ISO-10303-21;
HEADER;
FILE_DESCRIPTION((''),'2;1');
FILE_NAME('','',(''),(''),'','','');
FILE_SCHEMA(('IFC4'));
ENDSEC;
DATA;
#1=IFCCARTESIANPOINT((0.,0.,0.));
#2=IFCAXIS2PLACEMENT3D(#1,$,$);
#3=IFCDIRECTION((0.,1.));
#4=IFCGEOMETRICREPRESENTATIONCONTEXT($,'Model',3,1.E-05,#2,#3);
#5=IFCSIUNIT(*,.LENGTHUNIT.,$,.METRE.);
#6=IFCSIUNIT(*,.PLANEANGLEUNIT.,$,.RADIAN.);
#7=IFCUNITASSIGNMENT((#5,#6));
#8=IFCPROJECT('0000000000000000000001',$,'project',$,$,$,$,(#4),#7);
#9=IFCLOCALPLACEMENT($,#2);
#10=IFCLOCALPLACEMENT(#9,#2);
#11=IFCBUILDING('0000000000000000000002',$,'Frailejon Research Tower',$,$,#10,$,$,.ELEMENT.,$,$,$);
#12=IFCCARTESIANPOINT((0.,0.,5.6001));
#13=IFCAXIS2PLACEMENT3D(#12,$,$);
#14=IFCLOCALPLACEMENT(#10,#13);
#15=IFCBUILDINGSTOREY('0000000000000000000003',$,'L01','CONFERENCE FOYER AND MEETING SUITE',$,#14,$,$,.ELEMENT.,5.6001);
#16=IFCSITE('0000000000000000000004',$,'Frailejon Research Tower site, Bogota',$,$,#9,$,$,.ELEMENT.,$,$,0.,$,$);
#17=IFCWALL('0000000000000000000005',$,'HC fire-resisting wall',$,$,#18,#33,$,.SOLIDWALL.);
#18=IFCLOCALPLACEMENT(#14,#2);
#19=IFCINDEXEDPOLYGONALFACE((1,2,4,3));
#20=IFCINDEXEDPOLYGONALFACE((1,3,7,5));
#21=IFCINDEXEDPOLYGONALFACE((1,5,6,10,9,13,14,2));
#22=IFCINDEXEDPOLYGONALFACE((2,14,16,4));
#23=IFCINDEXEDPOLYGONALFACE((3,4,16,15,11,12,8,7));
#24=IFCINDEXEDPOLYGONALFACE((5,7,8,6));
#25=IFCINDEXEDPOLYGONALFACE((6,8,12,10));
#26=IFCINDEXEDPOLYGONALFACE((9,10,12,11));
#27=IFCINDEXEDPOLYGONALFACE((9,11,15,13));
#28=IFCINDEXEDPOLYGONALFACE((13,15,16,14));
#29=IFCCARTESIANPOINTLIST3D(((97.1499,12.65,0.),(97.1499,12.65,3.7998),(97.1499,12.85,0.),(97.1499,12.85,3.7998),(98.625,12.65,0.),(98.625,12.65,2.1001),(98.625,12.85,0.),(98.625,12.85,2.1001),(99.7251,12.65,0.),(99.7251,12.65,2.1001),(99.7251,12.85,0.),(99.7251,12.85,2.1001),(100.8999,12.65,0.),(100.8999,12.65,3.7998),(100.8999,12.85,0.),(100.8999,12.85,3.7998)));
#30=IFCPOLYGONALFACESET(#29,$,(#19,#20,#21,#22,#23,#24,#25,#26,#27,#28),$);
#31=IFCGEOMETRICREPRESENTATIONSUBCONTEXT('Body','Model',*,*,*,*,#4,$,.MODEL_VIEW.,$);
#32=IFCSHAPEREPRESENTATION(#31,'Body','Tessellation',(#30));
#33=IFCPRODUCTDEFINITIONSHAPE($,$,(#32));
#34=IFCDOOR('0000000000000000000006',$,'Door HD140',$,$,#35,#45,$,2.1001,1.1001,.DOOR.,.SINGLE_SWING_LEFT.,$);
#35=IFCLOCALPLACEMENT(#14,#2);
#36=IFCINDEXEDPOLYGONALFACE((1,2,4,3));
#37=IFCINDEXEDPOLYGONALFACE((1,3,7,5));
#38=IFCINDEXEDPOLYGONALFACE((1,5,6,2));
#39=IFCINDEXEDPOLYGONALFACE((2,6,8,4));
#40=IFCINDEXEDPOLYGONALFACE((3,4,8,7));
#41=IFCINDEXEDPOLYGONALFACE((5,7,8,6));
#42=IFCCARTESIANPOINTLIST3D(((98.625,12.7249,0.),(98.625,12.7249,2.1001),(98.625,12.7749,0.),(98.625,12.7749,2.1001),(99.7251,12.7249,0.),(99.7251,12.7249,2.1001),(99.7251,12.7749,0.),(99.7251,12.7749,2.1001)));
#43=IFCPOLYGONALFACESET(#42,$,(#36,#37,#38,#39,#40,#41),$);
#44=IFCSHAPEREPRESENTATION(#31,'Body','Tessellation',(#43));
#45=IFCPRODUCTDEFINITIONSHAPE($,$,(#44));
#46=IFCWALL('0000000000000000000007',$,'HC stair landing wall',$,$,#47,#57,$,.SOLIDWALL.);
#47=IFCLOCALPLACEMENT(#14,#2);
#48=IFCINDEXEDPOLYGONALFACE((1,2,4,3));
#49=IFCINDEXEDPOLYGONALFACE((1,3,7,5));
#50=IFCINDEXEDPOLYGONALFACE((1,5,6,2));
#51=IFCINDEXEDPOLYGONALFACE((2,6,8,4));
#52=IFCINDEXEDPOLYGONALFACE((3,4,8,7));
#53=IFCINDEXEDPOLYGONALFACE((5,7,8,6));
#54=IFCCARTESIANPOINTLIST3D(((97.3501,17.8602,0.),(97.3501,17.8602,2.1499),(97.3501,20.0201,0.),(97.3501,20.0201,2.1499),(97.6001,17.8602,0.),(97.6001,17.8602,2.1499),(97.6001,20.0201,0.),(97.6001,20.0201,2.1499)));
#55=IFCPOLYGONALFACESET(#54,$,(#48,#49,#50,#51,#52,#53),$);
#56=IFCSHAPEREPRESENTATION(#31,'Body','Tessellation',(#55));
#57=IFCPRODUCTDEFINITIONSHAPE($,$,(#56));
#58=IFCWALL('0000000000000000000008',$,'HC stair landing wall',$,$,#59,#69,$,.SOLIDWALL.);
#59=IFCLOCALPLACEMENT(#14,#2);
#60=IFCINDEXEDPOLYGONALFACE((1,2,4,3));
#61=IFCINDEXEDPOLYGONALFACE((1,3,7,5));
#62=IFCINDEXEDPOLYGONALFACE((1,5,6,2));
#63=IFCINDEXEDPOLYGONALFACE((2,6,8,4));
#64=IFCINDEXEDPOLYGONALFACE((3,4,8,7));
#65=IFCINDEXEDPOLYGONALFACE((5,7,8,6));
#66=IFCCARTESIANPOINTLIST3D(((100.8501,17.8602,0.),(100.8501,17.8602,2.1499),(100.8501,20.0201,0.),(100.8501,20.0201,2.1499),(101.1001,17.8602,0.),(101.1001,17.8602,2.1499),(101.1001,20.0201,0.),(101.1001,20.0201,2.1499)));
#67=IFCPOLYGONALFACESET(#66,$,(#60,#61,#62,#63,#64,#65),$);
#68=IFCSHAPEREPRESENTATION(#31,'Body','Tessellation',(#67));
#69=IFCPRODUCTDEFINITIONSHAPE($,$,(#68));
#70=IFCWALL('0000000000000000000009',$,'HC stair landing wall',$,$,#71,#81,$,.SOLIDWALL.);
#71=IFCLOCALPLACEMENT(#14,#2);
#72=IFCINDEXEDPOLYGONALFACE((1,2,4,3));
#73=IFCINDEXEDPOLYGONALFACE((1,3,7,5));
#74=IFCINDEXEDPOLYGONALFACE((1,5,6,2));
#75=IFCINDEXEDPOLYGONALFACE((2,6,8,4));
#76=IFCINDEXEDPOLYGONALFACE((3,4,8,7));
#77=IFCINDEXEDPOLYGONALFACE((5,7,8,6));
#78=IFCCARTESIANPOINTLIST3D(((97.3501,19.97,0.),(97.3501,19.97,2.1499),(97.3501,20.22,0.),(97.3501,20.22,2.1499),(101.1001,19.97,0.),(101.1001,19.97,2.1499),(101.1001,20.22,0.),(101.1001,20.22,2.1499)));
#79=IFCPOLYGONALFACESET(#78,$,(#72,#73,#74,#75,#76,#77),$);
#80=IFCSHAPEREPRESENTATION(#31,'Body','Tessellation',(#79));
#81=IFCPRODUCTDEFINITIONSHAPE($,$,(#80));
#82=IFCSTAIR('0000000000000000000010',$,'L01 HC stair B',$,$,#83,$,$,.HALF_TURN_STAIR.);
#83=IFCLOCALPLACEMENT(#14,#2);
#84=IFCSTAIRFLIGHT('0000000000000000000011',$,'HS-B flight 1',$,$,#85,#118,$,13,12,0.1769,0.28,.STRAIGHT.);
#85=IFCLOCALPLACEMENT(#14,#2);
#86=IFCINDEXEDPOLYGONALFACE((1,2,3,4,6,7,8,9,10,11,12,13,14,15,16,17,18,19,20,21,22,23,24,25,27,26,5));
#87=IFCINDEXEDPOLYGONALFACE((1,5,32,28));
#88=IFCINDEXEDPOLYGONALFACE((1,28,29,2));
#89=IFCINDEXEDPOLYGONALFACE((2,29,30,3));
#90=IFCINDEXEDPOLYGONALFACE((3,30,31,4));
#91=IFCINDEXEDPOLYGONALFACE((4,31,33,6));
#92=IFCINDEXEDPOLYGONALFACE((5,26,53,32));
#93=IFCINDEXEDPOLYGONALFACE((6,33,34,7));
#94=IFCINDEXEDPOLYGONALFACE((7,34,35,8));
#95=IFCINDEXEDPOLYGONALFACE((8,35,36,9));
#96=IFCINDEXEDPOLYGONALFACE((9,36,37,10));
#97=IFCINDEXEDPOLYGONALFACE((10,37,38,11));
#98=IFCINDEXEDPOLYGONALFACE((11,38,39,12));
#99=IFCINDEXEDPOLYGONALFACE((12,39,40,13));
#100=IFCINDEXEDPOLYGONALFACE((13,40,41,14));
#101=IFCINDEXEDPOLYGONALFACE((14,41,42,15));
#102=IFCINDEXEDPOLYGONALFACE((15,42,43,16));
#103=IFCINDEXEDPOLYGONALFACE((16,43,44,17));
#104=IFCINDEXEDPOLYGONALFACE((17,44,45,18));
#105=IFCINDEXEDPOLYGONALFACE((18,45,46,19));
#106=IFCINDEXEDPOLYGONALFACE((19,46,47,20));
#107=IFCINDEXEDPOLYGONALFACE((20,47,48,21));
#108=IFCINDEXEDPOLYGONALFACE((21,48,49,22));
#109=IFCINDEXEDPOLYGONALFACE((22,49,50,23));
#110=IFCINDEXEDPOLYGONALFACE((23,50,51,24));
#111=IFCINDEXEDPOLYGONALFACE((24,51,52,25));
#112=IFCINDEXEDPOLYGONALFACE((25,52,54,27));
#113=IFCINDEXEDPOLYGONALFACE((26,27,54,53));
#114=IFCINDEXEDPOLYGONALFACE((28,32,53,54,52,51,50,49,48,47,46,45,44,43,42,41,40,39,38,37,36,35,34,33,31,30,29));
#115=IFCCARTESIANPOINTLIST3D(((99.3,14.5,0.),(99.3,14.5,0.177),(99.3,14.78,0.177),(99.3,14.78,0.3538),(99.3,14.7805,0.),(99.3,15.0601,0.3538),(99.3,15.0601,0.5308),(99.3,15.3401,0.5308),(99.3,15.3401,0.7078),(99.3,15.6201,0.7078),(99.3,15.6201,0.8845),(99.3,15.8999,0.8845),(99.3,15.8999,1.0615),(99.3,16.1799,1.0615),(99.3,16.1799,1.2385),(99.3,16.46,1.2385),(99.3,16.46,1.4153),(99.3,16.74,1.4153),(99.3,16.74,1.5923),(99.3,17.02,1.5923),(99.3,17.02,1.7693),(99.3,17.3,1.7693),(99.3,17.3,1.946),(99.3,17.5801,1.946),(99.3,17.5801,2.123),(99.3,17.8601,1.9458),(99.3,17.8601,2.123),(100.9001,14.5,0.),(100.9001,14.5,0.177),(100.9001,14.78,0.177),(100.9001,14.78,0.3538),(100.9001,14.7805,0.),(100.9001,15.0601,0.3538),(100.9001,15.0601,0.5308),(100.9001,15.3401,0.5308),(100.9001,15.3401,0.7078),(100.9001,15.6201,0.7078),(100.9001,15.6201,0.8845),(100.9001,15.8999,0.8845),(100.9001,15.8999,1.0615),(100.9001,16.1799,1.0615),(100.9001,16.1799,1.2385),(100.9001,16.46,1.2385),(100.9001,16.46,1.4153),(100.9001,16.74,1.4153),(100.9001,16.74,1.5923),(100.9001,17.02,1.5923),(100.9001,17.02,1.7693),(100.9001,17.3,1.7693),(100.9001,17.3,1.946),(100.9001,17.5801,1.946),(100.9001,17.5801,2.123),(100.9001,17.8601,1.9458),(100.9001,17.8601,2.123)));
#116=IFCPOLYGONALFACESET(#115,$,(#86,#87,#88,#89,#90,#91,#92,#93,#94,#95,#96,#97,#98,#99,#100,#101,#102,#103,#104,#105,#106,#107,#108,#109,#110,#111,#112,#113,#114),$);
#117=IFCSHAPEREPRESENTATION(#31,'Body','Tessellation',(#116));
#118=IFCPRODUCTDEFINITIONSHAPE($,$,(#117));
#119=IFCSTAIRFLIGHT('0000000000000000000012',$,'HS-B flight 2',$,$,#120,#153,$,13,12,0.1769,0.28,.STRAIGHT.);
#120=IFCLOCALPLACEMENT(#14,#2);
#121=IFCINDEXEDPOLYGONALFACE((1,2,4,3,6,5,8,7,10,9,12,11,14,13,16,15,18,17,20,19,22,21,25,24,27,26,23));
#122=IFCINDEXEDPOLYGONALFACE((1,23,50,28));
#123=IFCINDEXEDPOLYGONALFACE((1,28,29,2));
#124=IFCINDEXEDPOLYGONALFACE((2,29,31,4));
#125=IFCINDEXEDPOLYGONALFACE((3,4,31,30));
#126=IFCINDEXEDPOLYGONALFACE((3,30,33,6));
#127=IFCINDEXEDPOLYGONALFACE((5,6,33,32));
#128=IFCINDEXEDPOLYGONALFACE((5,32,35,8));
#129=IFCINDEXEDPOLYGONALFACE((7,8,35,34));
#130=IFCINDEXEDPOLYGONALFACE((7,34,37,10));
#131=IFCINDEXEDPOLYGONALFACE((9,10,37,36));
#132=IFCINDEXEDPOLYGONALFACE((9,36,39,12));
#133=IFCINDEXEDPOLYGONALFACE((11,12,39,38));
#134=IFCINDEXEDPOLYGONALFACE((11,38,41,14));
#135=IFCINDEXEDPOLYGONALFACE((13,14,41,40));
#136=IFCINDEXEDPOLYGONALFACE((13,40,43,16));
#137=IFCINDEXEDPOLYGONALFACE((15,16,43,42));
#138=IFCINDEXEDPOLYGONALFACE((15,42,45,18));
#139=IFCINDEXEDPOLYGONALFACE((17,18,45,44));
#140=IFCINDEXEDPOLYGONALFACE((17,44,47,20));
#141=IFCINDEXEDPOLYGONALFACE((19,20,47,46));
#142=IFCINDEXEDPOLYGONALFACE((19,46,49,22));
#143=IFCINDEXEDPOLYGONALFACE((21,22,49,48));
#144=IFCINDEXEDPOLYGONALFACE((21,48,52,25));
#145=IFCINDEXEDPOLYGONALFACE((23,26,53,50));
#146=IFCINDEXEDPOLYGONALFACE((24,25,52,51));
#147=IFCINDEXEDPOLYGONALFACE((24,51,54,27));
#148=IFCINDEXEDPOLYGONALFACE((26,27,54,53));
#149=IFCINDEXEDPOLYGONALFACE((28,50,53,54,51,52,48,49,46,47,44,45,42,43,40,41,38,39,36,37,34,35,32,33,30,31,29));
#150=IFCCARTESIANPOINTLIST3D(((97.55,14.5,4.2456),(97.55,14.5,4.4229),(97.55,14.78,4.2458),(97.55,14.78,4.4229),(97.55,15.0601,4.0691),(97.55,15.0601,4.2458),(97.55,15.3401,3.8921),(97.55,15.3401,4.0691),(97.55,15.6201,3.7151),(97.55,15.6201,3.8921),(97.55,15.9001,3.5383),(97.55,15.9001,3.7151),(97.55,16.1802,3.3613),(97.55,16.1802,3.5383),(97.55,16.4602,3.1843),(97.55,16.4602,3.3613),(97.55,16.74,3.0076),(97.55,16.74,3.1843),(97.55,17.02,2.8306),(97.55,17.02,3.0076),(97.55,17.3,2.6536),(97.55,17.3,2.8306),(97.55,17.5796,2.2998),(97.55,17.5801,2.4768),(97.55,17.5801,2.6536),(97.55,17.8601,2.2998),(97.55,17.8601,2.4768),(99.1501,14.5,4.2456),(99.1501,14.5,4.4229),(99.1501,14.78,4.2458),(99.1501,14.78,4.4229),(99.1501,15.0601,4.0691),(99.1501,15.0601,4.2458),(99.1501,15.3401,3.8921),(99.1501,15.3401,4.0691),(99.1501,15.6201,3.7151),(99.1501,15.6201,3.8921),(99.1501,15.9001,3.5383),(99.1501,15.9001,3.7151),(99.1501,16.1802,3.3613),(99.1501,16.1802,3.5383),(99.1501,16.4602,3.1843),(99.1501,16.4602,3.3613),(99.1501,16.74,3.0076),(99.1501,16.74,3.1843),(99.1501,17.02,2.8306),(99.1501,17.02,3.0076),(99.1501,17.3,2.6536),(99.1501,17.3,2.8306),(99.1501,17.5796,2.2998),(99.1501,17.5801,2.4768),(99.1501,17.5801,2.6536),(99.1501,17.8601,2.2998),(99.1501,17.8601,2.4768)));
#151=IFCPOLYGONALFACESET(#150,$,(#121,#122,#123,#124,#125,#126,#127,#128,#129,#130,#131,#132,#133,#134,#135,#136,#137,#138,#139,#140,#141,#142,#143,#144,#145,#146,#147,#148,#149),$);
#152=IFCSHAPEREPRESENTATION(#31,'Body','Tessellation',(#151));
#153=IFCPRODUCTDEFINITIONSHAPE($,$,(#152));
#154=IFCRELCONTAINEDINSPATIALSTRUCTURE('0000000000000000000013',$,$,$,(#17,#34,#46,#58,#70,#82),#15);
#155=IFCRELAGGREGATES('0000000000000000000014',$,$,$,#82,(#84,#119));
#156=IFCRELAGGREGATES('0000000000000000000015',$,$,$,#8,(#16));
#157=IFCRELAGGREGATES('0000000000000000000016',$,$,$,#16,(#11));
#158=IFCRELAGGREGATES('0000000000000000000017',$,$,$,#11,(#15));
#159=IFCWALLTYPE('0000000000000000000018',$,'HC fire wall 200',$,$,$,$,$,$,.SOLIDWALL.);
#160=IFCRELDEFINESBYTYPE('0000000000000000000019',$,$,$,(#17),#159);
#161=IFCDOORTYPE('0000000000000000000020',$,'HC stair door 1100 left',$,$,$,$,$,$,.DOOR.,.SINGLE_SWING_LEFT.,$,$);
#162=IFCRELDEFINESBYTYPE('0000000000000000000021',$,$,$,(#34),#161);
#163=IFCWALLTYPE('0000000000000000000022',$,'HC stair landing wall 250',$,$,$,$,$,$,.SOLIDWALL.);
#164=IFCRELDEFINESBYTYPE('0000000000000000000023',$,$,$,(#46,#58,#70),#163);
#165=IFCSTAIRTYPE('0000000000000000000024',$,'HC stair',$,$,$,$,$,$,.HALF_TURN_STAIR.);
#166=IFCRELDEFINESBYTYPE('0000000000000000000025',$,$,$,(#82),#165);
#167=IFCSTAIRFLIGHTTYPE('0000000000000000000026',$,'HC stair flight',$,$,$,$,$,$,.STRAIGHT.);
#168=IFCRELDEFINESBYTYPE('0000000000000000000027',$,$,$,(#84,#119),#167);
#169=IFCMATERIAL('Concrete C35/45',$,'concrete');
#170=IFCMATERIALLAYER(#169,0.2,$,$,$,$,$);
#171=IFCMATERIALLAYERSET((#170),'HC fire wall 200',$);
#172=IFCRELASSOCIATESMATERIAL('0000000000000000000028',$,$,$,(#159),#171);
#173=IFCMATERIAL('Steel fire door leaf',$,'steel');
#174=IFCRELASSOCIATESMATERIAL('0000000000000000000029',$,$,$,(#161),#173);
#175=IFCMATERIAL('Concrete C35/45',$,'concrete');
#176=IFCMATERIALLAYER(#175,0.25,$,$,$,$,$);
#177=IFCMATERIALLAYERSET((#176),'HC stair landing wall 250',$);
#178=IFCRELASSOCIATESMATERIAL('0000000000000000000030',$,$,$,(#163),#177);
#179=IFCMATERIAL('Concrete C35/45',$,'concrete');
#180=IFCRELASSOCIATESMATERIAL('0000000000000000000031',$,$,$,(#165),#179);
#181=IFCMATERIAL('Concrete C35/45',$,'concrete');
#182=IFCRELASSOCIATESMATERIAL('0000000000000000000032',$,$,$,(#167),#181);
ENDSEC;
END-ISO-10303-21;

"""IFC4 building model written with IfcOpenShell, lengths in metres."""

from ifc_helpers import new_model, si_unit, direction, frame, frame_2d, origin, place, context, subcontext, project, spatial, polyline, rectangle, outline, extrude, material, layer, layer_set, type_object, element, fill, aggregate, save


model = new_model("IFC4")

# Units and contexts
model_context = context("Model", 3, precision=1e-05, world=origin(), true_north=direction((0.0, 1.0)))
body_context = subcontext(model_context, "Body", "Model", "MODEL_VIEW")
ifc_project = project(units=[si_unit("LENGTHUNIT", "METRE"), si_unit("PLANEANGLEUNIT", "RADIAN")], contexts=[model_context])

# Site, building, storey
site_placement = place(None, origin())
site = spatial("IfcSite", under=ifc_project, at=site_placement, Name="Frailejon Research Tower site, Bogota", CompositionType="ELEMENT", RefElevation=0.0)
building_placement = place(site_placement, origin())
building = spatial("IfcBuilding", under=site, at=building_placement, Name="Frailejon Research Tower", CompositionType="ELEMENT")
storey_placement = place(building_placement, frame((0.0, 0.0, 5.6001)))
storey = spatial("IfcBuildingStorey", under=building, at=storey_placement, Name="L01", Description="CONFERENCE FOYER AND MEETING SUITE", CompositionType="ELEMENT", Elevation=5.6001)

# Shared definitions
ifc_material_1 = material(Name="Concrete C35/45", Category="concrete")
ifc_layer_1 = layer(ifc_material_1, 0.2)
ifc_layer_set_1 = layer_set([ifc_layer_1], Name="HC fire wall 200")
wall_type_1 = type_object("IfcWallType", Name="HC fire wall 200", PredefinedType="SOLIDWALL", material=ifc_layer_set_1)

# Wall, opening, door
wall_1_placement = place(storey_placement, frame((97.1499, 12.75, 0.0), z_axis=(0.0, 0.0, 1.0), x_axis=(1.0, 0.0, 0.0)))
wall_1 = element("IfcWall", 1, at=wall_1_placement, inside=storey, type_object=wall_type_1, Name="HC fire-resisting wall", PredefinedType="SOLIDWALL", context=body_context, shape_type="SweptSolid", body=[
    extrude(rectangle(XDim=3.75, YDim=0.2, at=frame_2d((1.875, 0.0))), origin(), (0.0, 0.0, 1.0), 3.7998),
])
opening_1_placement = place(wall_1_placement, frame((1.4751, 0.0, 0.0)))
opening_1 = element("IfcOpeningElement", 2, at=opening_1_placement, cuts=wall_1, PredefinedType="OPENING", context=body_context, shape_type="SweptSolid", body=[
    extrude(rectangle(XDim=1.1001, YDim=2.1001, at=frame_2d((0.55, 1.05))), frame((0.0, 0.1099, 0.0), z_axis=(0.0, -1.0, 0.0), x_axis=(1.0, 0.0, 0.0)), (0.0, 0.0, 1.0), 0.22),
])
ifc_material_2 = material(Name="Steel fire door leaf", Category="steel")
door_type = type_object("IfcDoorType", Name="HC stair door 1100 left", OperationType="SINGLE_SWING_LEFT", PredefinedType="DOOR", material=ifc_material_2)
door_placement = place(opening_1_placement, origin())
door = element("IfcDoor", 3, at=door_placement, inside=storey, type_object=door_type, Name="Door HD140", OperationType="SINGLE_SWING_LEFT", OverallHeight=2.1001, OverallWidth=1.1001, PredefinedType="DOOR", context=body_context, shape_type="SweptSolid", body=[
    extrude(rectangle(XDim=1.1001, YDim=2.1001, at=frame_2d((0.55, 1.05))), frame((0.0, 0.0249, 0.0), z_axis=(0.0, -1.0, 0.0), x_axis=(1.0, 0.0, 0.0)), (0.0, 0.0, 1.0), 0.05),
])
fill(opening_1, door)

# Walls
ifc_material_3 = material(Name="Concrete C35/45", Category="concrete")
ifc_layer_2 = layer(ifc_material_3, 0.25)
ifc_layer_set_2 = layer_set([ifc_layer_2], Name="HC stair landing wall 250")
wall_type_2 = type_object("IfcWallType", Name="HC stair landing wall 250", PredefinedType="SOLIDWALL", material=ifc_layer_set_2)
for number, where, z_axis, x_axis, name in (
    (4, (97.4751, 17.8601, 0.0), (0.0, 0.0, 1.0), (0.0, 1.0, 0.0), "HC stair landing wall"),
    (5, (100.9751, 17.8601, 0.0), (0.0, 0.0, 1.0), (0.0, 1.0, 0.0), "HC stair landing wall"),
):
    element("IfcWall", number, at=place(storey_placement, frame(where, z_axis=z_axis, x_axis=x_axis)), inside=storey, type_object=wall_type_2, Name=name, PredefinedType="SOLIDWALL", context=body_context, shape_type="SweptSolid", body=[
        extrude(rectangle(XDim=2.1599, YDim=0.25, at=frame_2d((1.0801, 0.0))), origin(), (0.0, 0.0, 1.0), 2.1499),
    ])
wall_2_placement = place(storey_placement, frame((97.3501, 20.095, 0.0), z_axis=(0.0, 0.0, 1.0), x_axis=(1.0, 0.0, 0.0)))
element("IfcWall", 6, at=wall_2_placement, inside=storey, type_object=wall_type_2, Name="HC stair landing wall", PredefinedType="SOLIDWALL", context=body_context, shape_type="SweptSolid", body=[
    extrude(rectangle(XDim=3.75, YDim=0.25, at=frame_2d((1.875, 0.0))), origin(), (0.0, 0.0, 1.0), 2.1499),
])

# Stair, stair flights
ifc_material_4 = material(Name="Concrete C35/45", Category="concrete")
stair_type = type_object("IfcStairType", Name="HC stair", PredefinedType="HALF_TURN_STAIR", material=ifc_material_4)
stair_placement = place(storey_placement, origin())
stair = element("IfcStair", 7, at=stair_placement, inside=storey, type_object=stair_type, Name="L01 HC stair B", PredefinedType="HALF_TURN_STAIR")
ifc_material_5 = material(Name="Concrete C35/45", Category="concrete")
stair_flight_type = type_object("IfcStairFlightType", Name="HC stair flight", PredefinedType="STRAIGHT", material=ifc_material_5)
stair_flight_1_placement = place(storey_placement, frame((100.1001, 14.5, 0.0), z_axis=(0.0, 0.0, 1.0), x_axis=(0.0, 1.0, 0.0)))
stair_flight_1 = element("IfcStairFlight", 8, at=stair_flight_1_placement, type_object=stair_flight_type, Name="HS-B flight 1", NumberOfRisers=13, NumberOfTreads=12, PredefinedType="STRAIGHT", RiserHeight=0.1769, TreadLength=0.28, context=body_context, shape_type="SweptSolid", body=[
    extrude(outline(polyline([(0.0, 0.0), (0.0, 0.177), (0.28, 0.177), (0.28, 0.3538), (0.5601, 0.3538), (0.5601, 0.5308), (0.8401, 0.5308), (0.8401, 0.7078), (1.1201, 0.7078), (1.1201, 0.8845), (1.3999, 0.8845), (1.3999, 1.0615), (1.6799, 1.0615), (1.6799, 1.2385), (1.96, 1.2385), (1.96, 1.4153), (2.24, 1.4153), (2.24, 1.5923), (2.52, 1.5923), (2.52, 1.7693), (2.8, 1.7693), (2.8, 1.946), (3.0801, 1.946), (3.0801, 2.123), (3.3601, 2.123), (3.3601, 2.3), (3.3601, 1.9458), (0.2805, 0.0), (0.0, 0.0)])), frame((0.0, 0.8, 0.0), z_axis=(0.0, -1.0, 0.0), x_axis=(1.0, 0.0, 0.0)), (0.0, 0.0, 1.0), 1.6001),
])
stair_flight_2_placement = place(storey_placement, frame((98.3501, 17.8601, 2.2998), z_axis=(0.0, 0.0, 1.0), x_axis=(0.0, -1.0, 0.0)))
stair_flight_2 = element("IfcStairFlight", 9, at=stair_flight_2_placement, type_object=stair_flight_type, Name="HS-B flight 2", NumberOfRisers=13, NumberOfTreads=12, PredefinedType="STRAIGHT", RiserHeight=0.1769, TreadLength=0.28, context=body_context, shape_type="SweptSolid", body=[
    extrude(outline(polyline([(0.0, 0.0), (0.0, 0.177), (0.28, 0.177), (0.28, 0.3538), (0.5601, 0.3538), (0.5601, 0.5308), (0.8401, 0.5308), (0.8401, 0.7078), (1.1201, 0.7078), (1.1201, 0.8845), (1.3999, 0.8845), (1.3999, 1.0615), (1.6799, 1.0615), (1.6799, 1.2385), (1.96, 1.2385), (1.96, 1.4153), (2.24, 1.4153), (2.24, 1.5923), (2.52, 1.5923), (2.52, 1.7693), (2.8, 1.7693), (2.8, 1.946), (3.0801, 1.946), (3.0801, 2.123), (3.3601, 2.123), (3.3601, 2.3), (3.3601, 1.9458), (0.2805, 0.0), (0.0, 0.0)])), frame((0.0, 0.8, 0.0), z_axis=(0.0, -1.0, 0.0), x_axis=(1.0, 0.0, 0.0)), (0.0, 0.0, 1.0), 1.6001),
])
aggregate(stair, [stair_flight_1, stair_flight_2])

save(model, "model.ifc")
